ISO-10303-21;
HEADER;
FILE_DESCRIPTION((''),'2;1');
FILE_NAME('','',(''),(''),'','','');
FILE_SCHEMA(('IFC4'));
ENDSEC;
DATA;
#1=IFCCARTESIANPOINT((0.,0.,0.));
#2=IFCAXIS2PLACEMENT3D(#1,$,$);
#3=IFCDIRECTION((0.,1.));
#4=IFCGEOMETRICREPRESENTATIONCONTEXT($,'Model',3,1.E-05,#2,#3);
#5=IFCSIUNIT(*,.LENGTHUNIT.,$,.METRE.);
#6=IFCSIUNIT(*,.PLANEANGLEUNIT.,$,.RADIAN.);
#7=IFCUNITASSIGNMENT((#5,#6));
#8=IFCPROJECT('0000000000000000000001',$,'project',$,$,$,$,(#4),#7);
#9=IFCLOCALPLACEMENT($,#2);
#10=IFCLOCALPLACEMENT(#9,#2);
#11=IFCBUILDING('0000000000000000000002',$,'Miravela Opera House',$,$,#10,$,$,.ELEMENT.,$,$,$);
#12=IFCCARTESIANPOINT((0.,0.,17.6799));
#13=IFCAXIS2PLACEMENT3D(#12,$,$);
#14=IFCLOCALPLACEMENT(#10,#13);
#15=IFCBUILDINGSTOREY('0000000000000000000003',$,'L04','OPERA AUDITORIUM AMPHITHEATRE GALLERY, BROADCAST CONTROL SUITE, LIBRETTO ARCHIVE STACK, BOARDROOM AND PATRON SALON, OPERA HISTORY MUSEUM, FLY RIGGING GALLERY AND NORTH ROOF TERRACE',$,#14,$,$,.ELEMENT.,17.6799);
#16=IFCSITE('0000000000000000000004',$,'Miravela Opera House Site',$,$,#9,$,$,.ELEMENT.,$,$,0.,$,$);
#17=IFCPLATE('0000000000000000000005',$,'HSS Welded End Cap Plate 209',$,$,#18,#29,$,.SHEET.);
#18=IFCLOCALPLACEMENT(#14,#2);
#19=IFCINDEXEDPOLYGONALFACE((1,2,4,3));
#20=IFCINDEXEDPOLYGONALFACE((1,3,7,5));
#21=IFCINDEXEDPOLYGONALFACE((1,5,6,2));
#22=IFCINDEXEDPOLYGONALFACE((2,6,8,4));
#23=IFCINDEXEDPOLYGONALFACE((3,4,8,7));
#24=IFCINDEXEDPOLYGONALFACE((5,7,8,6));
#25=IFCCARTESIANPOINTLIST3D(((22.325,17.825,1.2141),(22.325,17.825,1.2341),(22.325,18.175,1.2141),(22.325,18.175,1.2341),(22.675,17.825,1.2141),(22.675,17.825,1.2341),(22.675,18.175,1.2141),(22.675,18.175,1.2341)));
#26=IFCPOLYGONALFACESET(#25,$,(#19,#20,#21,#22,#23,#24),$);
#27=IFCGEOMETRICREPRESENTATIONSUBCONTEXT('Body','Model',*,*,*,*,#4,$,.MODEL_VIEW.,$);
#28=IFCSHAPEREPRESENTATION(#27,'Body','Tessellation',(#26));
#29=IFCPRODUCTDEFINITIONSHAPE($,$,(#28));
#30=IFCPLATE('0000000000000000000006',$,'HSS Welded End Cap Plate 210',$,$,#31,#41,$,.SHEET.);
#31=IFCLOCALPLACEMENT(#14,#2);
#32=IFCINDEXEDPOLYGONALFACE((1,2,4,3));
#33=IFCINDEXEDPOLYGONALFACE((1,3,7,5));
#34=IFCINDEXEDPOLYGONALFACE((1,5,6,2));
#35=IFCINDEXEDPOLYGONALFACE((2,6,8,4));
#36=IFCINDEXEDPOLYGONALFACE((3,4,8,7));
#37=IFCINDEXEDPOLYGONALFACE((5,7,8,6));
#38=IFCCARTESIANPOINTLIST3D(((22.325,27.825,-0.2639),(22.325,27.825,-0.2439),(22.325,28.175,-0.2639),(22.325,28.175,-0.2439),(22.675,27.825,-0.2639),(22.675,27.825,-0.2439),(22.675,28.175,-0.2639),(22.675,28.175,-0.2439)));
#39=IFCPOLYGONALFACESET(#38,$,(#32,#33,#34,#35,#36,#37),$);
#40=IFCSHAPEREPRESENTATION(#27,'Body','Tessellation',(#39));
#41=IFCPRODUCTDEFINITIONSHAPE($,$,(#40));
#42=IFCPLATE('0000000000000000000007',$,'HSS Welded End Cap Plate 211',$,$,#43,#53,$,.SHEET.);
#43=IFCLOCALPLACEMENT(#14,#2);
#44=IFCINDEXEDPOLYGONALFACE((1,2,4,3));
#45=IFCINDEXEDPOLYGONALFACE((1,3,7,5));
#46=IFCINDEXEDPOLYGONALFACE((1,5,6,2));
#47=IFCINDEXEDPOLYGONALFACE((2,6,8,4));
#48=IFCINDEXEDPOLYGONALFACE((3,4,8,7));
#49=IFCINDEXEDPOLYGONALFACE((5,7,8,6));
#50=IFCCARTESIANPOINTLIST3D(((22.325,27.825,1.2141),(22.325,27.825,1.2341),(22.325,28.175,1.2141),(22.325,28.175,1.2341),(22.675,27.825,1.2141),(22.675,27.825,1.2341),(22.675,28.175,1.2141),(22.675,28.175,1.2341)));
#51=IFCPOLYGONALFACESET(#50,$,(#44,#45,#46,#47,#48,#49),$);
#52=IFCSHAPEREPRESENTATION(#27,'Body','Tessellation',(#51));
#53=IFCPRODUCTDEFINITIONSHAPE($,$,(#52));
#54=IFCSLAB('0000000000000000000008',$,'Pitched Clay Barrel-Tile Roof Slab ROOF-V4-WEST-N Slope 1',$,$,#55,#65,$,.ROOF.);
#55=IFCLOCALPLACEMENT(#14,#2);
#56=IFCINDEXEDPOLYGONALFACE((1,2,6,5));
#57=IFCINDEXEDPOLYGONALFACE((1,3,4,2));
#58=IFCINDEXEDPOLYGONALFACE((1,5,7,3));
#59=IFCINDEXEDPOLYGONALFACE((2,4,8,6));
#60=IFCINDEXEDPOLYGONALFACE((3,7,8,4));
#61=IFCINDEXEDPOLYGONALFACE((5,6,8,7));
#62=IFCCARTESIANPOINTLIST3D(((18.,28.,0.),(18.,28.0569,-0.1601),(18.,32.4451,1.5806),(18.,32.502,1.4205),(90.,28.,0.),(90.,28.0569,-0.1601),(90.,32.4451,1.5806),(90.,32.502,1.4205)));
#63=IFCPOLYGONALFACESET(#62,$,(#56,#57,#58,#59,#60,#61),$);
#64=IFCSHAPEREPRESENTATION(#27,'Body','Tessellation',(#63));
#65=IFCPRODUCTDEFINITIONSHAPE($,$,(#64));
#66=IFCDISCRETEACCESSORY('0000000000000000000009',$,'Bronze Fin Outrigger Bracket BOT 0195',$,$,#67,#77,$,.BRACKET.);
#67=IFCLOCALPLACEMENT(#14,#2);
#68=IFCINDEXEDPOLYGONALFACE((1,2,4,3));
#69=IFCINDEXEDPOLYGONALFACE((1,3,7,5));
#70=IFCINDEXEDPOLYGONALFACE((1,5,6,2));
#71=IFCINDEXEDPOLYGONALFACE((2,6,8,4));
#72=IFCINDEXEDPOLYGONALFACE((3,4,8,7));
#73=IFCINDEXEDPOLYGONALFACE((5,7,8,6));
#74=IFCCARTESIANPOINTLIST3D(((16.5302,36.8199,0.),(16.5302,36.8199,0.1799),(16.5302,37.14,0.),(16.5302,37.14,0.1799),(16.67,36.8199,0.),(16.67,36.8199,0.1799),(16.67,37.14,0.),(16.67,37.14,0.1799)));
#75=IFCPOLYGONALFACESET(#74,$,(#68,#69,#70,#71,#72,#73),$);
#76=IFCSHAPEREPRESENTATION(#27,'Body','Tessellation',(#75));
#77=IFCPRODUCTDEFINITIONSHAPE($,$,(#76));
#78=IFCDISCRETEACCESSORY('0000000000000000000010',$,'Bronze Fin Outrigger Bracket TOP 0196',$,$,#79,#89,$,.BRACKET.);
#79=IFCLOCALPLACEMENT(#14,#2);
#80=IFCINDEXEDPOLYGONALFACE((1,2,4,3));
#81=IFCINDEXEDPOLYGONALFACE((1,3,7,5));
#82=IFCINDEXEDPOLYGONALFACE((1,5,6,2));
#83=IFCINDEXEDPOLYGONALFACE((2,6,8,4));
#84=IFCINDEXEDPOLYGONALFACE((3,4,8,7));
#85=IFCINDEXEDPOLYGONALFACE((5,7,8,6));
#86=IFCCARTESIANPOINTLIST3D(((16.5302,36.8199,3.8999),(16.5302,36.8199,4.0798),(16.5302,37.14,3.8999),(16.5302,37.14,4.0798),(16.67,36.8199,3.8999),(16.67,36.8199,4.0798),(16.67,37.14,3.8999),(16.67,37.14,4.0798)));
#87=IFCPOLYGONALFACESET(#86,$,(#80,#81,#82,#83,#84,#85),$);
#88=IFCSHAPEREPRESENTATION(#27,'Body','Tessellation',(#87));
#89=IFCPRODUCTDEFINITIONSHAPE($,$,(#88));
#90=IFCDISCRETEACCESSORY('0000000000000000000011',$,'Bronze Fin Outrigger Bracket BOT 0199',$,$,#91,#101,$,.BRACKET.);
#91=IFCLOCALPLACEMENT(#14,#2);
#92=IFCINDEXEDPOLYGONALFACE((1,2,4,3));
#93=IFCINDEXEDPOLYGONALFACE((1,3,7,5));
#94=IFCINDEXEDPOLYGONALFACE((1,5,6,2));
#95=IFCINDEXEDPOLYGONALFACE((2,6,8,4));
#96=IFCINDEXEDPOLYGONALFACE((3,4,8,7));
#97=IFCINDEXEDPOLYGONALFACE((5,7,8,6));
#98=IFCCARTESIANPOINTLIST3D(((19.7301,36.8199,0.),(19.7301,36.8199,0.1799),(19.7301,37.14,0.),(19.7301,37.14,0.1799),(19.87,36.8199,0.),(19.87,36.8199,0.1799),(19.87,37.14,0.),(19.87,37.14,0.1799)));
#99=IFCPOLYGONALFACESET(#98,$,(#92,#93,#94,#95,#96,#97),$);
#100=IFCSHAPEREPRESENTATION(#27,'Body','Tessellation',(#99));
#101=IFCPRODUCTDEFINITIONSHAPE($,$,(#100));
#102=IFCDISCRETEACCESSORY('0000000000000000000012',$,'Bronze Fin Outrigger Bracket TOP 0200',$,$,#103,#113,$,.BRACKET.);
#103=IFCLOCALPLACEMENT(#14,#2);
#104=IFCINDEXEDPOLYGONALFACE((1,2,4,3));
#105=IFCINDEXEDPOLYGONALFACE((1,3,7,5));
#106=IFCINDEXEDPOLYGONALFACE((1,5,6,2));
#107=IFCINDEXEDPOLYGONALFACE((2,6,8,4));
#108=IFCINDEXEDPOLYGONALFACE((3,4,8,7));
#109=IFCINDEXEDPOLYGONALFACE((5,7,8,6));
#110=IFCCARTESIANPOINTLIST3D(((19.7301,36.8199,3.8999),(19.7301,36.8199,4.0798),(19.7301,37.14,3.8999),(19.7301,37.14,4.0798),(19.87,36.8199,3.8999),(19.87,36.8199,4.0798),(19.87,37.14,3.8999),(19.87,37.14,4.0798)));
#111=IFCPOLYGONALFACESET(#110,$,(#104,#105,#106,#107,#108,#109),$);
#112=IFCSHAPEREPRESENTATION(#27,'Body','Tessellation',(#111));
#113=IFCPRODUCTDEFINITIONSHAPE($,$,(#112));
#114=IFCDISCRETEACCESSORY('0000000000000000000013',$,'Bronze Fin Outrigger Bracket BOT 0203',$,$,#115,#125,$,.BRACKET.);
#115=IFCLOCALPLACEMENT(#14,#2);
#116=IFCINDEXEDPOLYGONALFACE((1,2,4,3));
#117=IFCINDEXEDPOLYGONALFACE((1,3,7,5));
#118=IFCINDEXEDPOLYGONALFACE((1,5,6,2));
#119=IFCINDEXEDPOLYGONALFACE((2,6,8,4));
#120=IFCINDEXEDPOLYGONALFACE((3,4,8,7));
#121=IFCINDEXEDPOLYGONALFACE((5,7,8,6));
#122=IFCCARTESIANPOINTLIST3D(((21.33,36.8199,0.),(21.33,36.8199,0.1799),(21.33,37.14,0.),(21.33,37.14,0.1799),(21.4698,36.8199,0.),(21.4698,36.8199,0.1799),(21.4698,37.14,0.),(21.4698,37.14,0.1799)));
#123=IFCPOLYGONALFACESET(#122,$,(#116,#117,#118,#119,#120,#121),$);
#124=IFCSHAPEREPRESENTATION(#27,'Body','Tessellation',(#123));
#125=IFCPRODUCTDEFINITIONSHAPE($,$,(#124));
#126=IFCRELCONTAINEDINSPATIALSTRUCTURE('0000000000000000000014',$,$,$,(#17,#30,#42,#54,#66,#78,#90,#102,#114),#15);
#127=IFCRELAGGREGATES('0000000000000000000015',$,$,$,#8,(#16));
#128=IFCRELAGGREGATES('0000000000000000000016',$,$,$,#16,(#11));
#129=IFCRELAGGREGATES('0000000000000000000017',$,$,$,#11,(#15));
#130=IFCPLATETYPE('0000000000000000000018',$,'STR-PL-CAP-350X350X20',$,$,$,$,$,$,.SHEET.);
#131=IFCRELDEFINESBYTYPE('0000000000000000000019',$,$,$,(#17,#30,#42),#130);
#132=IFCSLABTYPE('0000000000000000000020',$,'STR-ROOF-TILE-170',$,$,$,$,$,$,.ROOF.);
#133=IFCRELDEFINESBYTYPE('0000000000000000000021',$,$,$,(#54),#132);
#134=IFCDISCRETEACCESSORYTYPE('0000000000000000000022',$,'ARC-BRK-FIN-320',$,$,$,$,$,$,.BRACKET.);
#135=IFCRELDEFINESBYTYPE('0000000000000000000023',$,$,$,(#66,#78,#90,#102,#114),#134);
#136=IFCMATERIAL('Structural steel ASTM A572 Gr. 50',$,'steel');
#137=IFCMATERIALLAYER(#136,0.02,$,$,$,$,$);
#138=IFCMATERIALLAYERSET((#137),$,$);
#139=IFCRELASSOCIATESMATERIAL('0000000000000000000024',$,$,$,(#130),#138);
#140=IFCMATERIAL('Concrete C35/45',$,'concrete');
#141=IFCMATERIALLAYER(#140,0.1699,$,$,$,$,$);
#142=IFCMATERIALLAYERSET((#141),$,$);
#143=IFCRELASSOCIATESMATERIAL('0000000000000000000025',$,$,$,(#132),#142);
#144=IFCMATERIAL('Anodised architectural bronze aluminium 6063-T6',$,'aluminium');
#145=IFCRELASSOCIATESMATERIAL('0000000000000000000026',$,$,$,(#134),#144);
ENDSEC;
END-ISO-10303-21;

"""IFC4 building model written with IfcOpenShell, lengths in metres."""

from ifc_helpers import new_model, si_unit, direction, frame, origin, origin_2d, place, context, subcontext, project, spatial, polyline, rectangle, outline, extrude, material, layer, layer_set, type_object, element, save


model = new_model("IFC4")

# Units and contexts
model_context = context("Model", 3, precision=1e-05, world=origin(), true_north=direction((0.0, 1.0)))
body_context = subcontext(model_context, "Body", "Model", "MODEL_VIEW")
ifc_project = project(units=[si_unit("LENGTHUNIT", "METRE"), si_unit("PLANEANGLEUNIT", "RADIAN")], contexts=[model_context])

# Site, building, storey
site_placement = place(None, origin())
site = spatial("IfcSite", under=ifc_project, at=site_placement, Name="Miravela Opera House Site", CompositionType="ELEMENT", RefElevation=0.0)
building_placement = place(site_placement, origin())
building = spatial("IfcBuilding", under=site, at=building_placement, Name="Miravela Opera House", CompositionType="ELEMENT")
storey_placement = place(building_placement, frame((0.0, 0.0, 17.6799)))
storey = spatial("IfcBuildingStorey", under=building, at=storey_placement, Name="L04", Description="OPERA AUDITORIUM AMPHITHEATRE GALLERY, BROADCAST CONTROL SUITE, LIBRETTO ARCHIVE STACK, BOARDROOM AND PATRON SALON, OPERA HISTORY MUSEUM, FLY RIGGING GALLERY AND NORTH ROOF TERRACE", CompositionType="ELEMENT", Elevation=17.6799)

# Shared definitions
ifc_material_1 = material(Name="Anodised architectural bronze aluminium 6063-T6", Category="aluminium")

# Plates
ifc_material_2 = material(Name="Structural steel ASTM A572 Gr. 50", Category="steel")
ifc_layer_1 = layer(ifc_material_2, 0.02)
ifc_layer_set_1 = layer_set([ifc_layer_1])
plate_type = type_object("IfcPlateType", Name="STR-PL-CAP-350X350X20", PredefinedType="SHEET", material=ifc_layer_set_1)
for number, where, z_axis, x_axis, name in (
    (1, (22.5, 18.0, 1.2141), (0.0, 0.0, 1.0), (1.0, 0.0, 0.0), "HSS Welded End Cap Plate 209"),
    (2, (22.5, 28.0, -0.2639), (0.0, 0.0, 1.0), (1.0, 0.0, 0.0), "HSS Welded End Cap Plate 210"),
    (3, (22.5, 28.0, 1.2141), (0.0, 0.0, 1.0), (1.0, 0.0, 0.0), "HSS Welded End Cap Plate 211"),
):
    element("IfcPlate", number, at=place(storey_placement, frame(where, z_axis=z_axis, x_axis=x_axis)), inside=storey, type_object=plate_type, Name=name, PredefinedType="SHEET", context=body_context, shape_type="SweptSolid", body=[
        extrude(rectangle(XDim=0.3501, YDim=0.3501, at=origin_2d()), origin(), (0.0, 0.0, 1.0), 0.02),
    ])

# Slab
ifc_material_3 = material(Name="Concrete C35/45", Category="concrete")
ifc_layer_2 = layer(ifc_material_3, 0.1699)
ifc_layer_set_2 = layer_set([ifc_layer_2])
slab_type = type_object("IfcSlabType", Name="STR-ROOF-TILE-170", PredefinedType="ROOF", material=ifc_layer_set_2)
slab_placement = place(storey_placement, frame((18.0, 28.0, 0.0), z_axis=(0.0, -0.335028, 0.942208), x_axis=(1.0, 0.0, 0.0)))
element("IfcSlab", 4, at=slab_placement, inside=storey, type_object=slab_type, Name="Pitched Clay Barrel-Tile Roof Slab ROOF-V4-WEST-N Slope 1", PredefinedType="ROOF", context=body_context, shape_type="SweptSolid", body=[
    extrude(outline(polyline([(0.0, 0.0), (72.0, 0.0), (72.0, 4.7177), (0.0, 4.7177), (0.0, 0.0)])), origin(), (0.0, 0.0, -1.0), 0.1699),
])

# Discrete accessories
discrete_accessory_type = type_object("IfcDiscreteAccessoryType", Name="ARC-BRK-FIN-320", PredefinedType="BRACKET", material=ifc_material_1)
for number, where, z_axis, x_axis, name in (
    (5, (16.6001, 36.98, 0.0), (0.0, 0.0, 1.0), (0.0, 1.0, 0.0), "Bronze Fin Outrigger Bracket BOT 0195"),
    (6, (16.6001, 36.98, 3.8999), (0.0, 0.0, 1.0), (0.0, 1.0, 0.0), "Bronze Fin Outrigger Bracket TOP 0196"),
    (7, (19.8, 36.98, 0.0), (0.0, 0.0, 1.0), (0.0, 1.0, 0.0), "Bronze Fin Outrigger Bracket BOT 0199"),
    (8, (19.8, 36.98, 3.8999), (0.0, 0.0, 1.0), (0.0, 1.0, 0.0), "Bronze Fin Outrigger Bracket TOP 0200"),
    (9, (21.3999, 36.98, 0.0), (0.0, 0.0, 1.0), (0.0, 1.0, 0.0), "Bronze Fin Outrigger Bracket BOT 0203"),
):
    element("IfcDiscreteAccessory", number, at=place(storey_placement, frame(where, z_axis=z_axis, x_axis=x_axis)), inside=storey, type_object=discrete_accessory_type, Name=name, PredefinedType="BRACKET", context=body_context, shape_type="SweptSolid", body=[
        extrude(rectangle(XDim=0.3201, YDim=0.1399, at=origin_2d()), origin(), (0.0, 0.0, 1.0), 0.1799),
    ])

save(model, "model.ifc")
